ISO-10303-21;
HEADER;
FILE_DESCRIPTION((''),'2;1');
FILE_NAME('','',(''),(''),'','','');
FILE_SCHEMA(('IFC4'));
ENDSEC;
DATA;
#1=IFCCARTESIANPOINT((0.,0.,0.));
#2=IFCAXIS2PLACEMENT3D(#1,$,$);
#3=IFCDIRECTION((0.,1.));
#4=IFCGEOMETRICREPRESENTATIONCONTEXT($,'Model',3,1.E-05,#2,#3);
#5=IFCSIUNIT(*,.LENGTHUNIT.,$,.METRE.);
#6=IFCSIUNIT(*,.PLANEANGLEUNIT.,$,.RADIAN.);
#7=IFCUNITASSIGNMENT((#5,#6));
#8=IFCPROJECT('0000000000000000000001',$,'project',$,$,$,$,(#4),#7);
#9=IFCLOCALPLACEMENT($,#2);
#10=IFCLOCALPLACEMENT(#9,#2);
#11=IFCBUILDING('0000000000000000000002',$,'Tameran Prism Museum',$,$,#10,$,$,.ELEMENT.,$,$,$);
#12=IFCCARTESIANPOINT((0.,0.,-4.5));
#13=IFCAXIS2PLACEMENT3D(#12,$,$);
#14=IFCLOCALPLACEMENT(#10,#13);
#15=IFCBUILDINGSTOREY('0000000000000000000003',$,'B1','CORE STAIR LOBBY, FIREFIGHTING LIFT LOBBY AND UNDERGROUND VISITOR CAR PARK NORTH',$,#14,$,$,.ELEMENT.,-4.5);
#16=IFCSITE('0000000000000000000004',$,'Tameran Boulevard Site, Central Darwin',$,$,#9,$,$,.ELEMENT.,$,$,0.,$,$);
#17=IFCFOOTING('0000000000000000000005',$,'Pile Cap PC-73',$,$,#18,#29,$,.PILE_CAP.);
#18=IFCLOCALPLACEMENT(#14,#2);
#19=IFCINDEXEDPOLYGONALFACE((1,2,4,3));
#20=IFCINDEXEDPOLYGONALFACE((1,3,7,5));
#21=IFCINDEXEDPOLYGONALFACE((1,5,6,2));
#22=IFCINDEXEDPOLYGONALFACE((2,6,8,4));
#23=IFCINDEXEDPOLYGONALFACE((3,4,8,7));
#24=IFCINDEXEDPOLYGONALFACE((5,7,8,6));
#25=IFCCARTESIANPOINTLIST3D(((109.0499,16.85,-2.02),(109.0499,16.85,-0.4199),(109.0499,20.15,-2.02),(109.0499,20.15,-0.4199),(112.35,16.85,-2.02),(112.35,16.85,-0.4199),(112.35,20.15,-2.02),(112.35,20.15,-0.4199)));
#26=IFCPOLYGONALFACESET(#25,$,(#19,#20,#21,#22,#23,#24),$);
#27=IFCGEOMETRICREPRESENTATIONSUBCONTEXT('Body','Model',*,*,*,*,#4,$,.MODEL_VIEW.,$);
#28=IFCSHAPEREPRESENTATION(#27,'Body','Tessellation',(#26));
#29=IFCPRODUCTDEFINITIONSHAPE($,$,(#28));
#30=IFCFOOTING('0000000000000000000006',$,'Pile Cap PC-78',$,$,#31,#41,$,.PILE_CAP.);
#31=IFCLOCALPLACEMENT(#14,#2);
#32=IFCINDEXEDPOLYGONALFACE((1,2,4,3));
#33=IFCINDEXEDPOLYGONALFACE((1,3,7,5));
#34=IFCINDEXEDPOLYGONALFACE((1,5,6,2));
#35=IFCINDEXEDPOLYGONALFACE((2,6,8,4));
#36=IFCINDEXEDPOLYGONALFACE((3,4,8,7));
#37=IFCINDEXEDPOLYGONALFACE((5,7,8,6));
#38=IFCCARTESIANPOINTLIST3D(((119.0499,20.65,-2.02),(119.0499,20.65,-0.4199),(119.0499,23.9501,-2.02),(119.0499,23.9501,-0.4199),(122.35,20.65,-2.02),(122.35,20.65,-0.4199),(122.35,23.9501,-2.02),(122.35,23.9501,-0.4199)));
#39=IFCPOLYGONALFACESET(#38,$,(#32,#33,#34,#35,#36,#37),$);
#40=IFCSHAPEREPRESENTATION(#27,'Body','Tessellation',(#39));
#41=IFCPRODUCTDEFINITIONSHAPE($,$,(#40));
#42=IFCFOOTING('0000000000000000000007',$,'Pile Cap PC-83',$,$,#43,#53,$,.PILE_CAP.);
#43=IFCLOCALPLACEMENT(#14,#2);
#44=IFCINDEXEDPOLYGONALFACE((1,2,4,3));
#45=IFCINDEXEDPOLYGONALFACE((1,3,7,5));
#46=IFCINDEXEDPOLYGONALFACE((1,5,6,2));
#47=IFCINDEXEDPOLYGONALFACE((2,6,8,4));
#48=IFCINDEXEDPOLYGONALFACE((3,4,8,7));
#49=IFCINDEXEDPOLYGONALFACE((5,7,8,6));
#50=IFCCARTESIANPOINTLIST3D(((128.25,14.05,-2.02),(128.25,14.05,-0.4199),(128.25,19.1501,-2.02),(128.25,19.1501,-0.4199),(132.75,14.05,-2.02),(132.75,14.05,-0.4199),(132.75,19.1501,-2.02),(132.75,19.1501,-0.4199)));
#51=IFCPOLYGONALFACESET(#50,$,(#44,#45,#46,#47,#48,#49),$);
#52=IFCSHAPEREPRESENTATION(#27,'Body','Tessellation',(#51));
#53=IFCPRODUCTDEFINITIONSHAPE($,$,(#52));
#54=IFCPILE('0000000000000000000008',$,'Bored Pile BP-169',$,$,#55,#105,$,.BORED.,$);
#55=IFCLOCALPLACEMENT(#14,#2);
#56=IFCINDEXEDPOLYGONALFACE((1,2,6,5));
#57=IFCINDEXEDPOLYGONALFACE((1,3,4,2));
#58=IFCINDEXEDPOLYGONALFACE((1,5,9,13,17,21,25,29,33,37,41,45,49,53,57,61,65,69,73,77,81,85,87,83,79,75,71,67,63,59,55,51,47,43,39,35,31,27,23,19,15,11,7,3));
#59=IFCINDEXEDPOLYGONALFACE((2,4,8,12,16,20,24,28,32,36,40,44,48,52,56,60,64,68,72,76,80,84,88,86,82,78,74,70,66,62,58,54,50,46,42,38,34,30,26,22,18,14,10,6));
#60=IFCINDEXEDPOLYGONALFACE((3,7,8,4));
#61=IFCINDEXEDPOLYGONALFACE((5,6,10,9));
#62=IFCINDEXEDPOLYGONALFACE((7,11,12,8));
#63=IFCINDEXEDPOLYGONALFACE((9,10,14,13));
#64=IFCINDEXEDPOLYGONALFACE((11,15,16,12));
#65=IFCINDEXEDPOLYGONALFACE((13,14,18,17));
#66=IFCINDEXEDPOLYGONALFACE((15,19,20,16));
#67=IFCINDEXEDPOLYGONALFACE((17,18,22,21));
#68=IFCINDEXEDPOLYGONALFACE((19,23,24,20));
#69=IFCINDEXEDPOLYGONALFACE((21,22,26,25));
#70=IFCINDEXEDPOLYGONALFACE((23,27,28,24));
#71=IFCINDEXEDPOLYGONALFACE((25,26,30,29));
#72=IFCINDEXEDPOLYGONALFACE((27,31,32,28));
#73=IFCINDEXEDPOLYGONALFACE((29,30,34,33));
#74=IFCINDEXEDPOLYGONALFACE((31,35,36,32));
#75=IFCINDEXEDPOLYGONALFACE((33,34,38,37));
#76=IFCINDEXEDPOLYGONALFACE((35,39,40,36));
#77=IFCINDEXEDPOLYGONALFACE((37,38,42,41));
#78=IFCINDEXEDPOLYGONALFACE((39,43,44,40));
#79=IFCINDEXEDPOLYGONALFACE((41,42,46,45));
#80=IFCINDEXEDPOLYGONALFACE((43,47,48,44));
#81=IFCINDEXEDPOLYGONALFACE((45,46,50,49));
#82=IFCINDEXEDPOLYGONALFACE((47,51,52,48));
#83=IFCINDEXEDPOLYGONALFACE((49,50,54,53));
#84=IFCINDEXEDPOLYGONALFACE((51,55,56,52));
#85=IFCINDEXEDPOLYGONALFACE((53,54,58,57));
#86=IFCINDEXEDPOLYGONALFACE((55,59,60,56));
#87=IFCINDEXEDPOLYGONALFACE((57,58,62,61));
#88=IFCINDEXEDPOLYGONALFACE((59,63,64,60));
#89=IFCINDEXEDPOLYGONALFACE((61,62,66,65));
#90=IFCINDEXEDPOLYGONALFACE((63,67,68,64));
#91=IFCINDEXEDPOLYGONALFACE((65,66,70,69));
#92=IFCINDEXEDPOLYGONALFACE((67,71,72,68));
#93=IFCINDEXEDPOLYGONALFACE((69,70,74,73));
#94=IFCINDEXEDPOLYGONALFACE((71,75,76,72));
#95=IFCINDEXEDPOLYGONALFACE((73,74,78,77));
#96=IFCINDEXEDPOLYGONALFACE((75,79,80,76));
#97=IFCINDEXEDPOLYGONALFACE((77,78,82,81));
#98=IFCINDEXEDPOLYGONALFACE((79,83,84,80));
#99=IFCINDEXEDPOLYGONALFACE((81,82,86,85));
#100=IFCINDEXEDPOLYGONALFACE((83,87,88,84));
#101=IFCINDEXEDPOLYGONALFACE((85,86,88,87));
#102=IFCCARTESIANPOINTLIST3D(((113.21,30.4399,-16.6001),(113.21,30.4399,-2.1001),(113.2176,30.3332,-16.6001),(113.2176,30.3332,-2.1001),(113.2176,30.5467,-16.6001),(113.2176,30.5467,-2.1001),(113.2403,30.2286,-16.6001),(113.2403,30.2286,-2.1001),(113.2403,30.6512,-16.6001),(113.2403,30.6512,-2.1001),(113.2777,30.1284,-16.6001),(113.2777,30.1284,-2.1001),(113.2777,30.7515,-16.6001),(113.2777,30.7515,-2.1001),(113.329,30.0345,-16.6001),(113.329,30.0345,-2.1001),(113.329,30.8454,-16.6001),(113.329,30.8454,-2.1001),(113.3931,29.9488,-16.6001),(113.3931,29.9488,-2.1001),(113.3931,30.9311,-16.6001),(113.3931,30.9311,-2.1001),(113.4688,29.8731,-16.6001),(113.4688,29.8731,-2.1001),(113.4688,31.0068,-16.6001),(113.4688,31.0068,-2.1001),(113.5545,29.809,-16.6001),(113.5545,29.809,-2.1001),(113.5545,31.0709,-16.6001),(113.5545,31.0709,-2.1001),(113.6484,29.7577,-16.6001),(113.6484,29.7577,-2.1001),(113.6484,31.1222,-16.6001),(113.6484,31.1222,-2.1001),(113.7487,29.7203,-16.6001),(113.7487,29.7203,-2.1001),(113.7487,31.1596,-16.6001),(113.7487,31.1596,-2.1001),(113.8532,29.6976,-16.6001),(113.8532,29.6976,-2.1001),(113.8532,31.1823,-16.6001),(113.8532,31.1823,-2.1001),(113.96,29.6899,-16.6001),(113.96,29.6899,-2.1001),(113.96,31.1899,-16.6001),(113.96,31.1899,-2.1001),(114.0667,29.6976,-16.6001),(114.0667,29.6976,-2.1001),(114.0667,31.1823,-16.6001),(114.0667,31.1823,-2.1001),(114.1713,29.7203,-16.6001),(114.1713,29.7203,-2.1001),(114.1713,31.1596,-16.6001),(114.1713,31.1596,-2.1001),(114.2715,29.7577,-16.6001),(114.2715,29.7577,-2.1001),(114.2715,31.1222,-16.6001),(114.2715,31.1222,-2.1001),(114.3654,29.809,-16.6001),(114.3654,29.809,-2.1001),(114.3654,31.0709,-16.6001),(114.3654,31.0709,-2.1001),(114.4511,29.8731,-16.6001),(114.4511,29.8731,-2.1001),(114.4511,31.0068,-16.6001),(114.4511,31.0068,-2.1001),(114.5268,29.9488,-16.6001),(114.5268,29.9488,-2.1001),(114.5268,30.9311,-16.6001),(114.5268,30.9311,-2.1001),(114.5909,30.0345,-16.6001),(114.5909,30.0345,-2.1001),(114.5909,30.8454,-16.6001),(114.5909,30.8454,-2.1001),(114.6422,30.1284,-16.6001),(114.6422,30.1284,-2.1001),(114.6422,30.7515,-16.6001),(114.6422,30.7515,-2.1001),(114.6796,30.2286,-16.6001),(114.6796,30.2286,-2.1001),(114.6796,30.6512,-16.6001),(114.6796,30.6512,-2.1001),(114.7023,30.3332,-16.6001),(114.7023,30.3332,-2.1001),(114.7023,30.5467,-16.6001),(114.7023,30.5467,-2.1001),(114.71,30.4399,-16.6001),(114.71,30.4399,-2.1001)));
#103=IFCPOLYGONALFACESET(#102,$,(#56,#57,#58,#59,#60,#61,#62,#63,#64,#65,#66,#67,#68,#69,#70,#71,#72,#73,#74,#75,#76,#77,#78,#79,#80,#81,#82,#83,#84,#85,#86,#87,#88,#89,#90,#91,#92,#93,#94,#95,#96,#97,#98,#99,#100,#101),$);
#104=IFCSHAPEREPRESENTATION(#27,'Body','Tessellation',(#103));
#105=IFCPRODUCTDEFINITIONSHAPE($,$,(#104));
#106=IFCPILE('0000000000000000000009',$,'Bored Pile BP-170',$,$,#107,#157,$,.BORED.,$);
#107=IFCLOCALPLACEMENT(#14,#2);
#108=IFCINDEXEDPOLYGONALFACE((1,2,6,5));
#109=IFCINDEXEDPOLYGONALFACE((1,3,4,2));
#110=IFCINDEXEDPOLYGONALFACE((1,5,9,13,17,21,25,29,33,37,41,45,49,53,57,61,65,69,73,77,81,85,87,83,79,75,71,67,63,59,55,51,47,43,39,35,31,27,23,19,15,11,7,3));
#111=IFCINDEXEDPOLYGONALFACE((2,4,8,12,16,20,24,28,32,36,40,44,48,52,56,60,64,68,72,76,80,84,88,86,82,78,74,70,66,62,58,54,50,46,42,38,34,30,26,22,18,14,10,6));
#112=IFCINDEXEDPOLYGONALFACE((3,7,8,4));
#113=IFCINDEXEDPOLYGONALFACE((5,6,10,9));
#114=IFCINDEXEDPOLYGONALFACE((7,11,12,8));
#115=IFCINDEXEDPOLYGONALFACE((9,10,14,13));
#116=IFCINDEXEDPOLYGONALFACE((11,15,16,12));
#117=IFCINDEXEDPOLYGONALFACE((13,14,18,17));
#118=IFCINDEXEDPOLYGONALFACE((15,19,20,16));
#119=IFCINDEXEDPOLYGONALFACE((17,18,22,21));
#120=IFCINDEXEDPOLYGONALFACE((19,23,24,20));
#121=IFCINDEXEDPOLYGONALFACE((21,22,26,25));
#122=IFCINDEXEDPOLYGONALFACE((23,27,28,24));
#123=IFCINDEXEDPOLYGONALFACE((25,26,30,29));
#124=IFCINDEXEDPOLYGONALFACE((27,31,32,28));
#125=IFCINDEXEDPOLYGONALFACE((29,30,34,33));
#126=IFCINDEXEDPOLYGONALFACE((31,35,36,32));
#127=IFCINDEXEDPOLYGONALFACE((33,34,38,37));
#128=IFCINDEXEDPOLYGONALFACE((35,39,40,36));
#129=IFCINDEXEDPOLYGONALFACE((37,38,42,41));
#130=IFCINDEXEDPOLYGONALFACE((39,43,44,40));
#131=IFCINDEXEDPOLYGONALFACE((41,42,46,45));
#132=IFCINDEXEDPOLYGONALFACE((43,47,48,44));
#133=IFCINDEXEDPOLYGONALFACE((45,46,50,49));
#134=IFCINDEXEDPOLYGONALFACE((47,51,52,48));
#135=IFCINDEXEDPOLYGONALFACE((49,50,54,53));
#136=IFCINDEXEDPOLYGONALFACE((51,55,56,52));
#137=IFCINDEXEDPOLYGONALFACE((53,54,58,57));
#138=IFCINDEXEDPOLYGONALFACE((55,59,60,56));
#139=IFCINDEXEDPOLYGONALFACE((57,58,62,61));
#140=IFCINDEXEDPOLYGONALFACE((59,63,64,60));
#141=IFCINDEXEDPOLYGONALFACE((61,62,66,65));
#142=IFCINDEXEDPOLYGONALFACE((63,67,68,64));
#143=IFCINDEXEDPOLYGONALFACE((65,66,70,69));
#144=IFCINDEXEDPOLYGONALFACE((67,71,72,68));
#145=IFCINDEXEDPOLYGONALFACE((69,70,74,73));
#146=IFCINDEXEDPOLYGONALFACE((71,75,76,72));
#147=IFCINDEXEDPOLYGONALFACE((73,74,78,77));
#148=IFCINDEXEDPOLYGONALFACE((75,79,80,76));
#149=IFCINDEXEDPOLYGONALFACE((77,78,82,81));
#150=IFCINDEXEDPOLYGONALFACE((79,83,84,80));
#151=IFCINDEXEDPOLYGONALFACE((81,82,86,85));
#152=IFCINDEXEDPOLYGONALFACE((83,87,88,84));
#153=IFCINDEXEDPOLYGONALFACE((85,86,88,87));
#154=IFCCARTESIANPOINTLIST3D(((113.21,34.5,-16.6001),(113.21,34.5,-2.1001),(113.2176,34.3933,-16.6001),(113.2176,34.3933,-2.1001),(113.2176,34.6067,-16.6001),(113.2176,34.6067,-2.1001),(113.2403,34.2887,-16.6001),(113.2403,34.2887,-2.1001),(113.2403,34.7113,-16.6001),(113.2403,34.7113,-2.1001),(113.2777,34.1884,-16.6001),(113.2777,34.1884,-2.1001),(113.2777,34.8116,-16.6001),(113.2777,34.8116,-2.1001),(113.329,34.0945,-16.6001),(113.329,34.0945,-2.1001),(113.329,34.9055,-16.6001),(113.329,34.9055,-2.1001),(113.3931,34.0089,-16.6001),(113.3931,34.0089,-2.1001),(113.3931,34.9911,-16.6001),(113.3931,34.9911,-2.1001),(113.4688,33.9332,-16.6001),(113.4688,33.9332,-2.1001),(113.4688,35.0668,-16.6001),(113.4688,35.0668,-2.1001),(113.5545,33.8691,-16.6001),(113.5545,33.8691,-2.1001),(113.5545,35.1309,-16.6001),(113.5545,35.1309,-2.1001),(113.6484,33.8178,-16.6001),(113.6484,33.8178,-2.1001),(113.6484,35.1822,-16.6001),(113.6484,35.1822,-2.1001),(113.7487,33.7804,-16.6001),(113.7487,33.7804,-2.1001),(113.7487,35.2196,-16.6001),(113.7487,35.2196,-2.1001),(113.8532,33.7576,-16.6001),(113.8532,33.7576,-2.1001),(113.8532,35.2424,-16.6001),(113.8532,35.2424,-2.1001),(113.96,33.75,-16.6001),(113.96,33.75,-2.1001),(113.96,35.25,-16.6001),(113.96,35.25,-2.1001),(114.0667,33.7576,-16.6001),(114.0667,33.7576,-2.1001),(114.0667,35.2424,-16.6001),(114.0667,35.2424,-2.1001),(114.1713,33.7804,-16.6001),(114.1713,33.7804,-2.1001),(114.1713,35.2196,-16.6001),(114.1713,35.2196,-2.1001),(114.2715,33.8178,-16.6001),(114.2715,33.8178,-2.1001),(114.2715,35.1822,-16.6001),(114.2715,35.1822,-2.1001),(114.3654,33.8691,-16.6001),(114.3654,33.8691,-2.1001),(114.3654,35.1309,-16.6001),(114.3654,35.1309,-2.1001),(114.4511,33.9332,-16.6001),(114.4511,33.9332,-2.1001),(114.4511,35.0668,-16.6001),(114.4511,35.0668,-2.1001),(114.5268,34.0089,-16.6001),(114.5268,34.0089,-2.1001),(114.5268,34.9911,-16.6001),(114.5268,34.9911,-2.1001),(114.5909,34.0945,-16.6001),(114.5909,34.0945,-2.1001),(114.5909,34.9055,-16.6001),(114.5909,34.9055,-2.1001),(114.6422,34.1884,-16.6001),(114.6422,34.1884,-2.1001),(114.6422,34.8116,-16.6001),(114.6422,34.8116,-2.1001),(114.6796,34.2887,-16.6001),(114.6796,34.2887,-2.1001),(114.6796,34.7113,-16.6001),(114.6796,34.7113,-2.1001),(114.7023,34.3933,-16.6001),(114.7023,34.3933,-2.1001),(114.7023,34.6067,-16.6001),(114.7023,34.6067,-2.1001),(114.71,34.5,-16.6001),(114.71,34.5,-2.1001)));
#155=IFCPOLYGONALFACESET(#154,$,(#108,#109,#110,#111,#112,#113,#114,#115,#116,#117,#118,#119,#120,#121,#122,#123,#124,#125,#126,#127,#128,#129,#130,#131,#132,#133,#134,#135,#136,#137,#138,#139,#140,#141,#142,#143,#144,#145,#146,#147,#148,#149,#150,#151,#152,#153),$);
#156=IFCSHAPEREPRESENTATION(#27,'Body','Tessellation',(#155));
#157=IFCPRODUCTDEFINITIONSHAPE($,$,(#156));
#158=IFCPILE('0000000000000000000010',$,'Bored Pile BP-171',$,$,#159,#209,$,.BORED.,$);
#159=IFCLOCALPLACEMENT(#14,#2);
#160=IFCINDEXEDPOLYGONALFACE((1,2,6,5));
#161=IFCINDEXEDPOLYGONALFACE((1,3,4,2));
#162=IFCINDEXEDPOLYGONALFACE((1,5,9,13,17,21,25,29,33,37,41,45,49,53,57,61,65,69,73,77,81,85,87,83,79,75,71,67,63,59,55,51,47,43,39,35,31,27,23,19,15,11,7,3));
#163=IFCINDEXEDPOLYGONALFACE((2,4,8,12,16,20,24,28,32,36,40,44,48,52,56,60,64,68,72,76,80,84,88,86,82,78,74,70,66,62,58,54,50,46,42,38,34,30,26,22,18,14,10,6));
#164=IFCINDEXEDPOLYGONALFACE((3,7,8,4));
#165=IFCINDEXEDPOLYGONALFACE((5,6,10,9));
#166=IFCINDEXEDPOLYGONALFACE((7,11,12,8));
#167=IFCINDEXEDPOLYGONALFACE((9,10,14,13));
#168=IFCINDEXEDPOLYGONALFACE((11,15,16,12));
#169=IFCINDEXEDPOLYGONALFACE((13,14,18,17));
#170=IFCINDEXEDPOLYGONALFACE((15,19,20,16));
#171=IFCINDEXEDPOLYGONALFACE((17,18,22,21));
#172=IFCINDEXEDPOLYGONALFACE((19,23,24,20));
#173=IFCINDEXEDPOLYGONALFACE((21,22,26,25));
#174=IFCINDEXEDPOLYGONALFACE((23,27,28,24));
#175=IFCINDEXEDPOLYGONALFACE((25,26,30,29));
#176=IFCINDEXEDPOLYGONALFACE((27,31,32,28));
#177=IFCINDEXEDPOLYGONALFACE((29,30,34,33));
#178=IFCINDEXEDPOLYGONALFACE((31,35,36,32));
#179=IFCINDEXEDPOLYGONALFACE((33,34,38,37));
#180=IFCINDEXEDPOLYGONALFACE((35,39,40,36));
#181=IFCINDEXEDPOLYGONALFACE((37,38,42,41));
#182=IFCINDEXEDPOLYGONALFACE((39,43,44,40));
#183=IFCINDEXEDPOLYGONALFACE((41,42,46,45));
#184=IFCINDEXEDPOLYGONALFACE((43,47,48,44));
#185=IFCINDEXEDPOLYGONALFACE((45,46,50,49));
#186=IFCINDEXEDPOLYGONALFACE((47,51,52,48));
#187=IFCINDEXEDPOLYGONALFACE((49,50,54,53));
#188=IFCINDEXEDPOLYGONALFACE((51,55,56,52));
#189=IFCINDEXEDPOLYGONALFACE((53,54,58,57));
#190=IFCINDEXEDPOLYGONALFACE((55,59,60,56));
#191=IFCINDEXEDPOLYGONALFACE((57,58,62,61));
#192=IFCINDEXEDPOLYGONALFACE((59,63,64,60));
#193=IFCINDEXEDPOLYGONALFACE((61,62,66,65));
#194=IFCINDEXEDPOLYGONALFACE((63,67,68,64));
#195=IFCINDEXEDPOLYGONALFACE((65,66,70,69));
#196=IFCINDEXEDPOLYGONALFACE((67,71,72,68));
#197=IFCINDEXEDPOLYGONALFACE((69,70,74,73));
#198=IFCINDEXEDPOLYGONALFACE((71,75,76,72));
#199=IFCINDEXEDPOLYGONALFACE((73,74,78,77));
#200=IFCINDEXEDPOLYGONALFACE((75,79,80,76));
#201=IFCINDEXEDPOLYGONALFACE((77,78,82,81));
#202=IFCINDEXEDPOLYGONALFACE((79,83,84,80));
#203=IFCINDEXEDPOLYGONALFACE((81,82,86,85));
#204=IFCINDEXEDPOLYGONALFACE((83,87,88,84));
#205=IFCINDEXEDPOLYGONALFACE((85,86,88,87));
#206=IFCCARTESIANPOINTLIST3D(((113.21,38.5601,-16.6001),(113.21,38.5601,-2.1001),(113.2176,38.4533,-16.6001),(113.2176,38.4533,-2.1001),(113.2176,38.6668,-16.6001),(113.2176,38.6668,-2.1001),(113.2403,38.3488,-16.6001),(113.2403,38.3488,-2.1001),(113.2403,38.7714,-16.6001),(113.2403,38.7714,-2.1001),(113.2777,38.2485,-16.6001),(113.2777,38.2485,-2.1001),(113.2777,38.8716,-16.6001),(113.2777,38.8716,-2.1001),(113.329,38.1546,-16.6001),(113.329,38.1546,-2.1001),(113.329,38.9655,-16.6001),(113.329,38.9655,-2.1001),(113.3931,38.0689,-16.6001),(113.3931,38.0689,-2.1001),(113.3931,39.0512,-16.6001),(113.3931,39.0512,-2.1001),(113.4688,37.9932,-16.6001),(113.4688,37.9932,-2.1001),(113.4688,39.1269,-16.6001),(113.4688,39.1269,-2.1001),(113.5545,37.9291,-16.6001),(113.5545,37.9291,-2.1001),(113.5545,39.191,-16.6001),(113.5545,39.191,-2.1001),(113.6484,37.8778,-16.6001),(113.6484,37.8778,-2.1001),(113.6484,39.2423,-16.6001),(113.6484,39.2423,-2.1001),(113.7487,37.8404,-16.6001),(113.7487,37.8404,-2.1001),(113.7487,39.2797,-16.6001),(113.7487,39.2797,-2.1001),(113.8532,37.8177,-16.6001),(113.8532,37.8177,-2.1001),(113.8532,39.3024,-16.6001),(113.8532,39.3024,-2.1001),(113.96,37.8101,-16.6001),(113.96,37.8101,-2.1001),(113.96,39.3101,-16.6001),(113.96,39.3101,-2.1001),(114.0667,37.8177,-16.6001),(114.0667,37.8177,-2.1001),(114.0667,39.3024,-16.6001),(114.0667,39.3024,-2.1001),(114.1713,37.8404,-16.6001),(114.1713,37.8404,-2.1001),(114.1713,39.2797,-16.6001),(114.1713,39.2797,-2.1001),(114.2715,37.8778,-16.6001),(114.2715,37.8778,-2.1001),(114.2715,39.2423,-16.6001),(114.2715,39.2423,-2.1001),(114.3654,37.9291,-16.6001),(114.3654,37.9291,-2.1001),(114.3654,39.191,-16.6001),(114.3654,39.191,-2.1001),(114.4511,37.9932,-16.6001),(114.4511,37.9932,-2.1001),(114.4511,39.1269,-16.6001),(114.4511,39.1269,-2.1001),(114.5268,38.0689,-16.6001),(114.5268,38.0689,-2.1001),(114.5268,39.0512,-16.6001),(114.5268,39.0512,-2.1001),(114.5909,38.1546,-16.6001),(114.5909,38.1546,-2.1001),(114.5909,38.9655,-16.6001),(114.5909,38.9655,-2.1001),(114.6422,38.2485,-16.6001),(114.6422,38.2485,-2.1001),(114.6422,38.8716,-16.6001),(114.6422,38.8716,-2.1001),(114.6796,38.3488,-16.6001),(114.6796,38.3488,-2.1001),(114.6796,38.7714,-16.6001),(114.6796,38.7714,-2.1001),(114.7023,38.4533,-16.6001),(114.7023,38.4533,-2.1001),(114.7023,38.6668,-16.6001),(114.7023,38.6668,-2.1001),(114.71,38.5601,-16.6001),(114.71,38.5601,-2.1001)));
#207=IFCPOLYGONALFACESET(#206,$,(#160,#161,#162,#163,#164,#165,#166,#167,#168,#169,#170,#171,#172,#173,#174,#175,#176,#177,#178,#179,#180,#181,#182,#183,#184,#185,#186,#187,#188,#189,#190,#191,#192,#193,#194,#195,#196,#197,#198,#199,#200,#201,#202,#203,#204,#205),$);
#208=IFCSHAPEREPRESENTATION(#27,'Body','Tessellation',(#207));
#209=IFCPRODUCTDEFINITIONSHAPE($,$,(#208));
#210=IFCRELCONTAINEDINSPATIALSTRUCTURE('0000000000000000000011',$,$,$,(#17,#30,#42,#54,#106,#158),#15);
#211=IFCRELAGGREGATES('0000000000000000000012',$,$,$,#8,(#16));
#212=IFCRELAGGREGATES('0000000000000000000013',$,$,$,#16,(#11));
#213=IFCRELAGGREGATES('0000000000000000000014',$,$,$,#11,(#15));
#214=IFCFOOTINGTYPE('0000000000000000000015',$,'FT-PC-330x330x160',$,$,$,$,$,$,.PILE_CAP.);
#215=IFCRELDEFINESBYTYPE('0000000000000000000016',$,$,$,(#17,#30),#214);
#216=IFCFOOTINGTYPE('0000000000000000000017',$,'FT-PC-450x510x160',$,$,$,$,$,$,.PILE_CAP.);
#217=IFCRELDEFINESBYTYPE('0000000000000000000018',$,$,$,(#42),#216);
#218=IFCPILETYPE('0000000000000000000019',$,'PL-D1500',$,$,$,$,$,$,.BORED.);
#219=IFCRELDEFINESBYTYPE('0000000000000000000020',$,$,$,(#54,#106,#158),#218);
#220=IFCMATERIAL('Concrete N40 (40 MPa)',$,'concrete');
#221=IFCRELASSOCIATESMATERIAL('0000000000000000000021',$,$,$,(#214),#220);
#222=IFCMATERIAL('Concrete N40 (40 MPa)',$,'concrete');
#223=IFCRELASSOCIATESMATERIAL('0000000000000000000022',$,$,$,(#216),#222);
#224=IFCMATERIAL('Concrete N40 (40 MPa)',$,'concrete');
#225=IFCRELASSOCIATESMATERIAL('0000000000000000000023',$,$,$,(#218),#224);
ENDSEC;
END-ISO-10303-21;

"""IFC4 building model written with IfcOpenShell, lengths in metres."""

from ifc_helpers import new_model, si_unit, direction, frame, origin, origin_2d, place, context, subcontext, project, spatial, rectangle, circle, extrude, material, material_profile, profile_set, type_object, element, save


model = new_model("IFC4")

# Units and contexts
model_context = context("Model", 3, precision=1e-05, world=origin(), true_north=direction((0.0, 1.0)))
body_context = subcontext(model_context, "Body", "Model", "MODEL_VIEW")
ifc_project = project(units=[si_unit("LENGTHUNIT", "METRE"), si_unit("PLANEANGLEUNIT", "RADIAN")], contexts=[model_context])

# Site, building, storey
site_placement = place(None, origin())
site = spatial("IfcSite", under=ifc_project, at=site_placement, Name="Tameran Boulevard Site, Central Darwin", CompositionType="ELEMENT", RefElevation=0.0)
building_placement = place(site_placement, origin())
building = spatial("IfcBuilding", under=site, at=building_placement, Name="Tameran Prism Museum", CompositionType="ELEMENT")
storey_placement = place(building_placement, frame((0.0, 0.0, -4.5)))
storey = spatial("IfcBuildingStorey", under=building, at=storey_placement, Name="B1", Description="CORE STAIR LOBBY, FIREFIGHTING LIFT LOBBY AND UNDERGROUND VISITOR CAR PARK NORTH", CompositionType="ELEMENT", Elevation=-4.5)

# Footings
ifc_material_1 = material(Name="Concrete N40 (40 MPa)", Category="concrete")
footing_type_1 = type_object("IfcFootingType", Name="FT-PC-330x330x160", PredefinedType="PILE_CAP", material=ifc_material_1)
for number, where, z_axis, x_axis, name in (
    (1, (110.7, 18.5, -2.02), (0.0, 0.0, 1.0), (1.0, 0.0, 0.0), "Pile Cap PC-73"),
    (2, (120.7, 22.3, -2.02), (0.0, 0.0, 1.0), (1.0, 0.0, 0.0), "Pile Cap PC-78"),
):
    element("IfcFooting", number, at=place(storey_placement, frame(where, z_axis=z_axis, x_axis=x_axis)), inside=storey, type_object=footing_type_1, Name=name, PredefinedType="PILE_CAP", context=body_context, shape_type="SweptSolid", body=[
        extrude(rectangle(XDim=3.3, YDim=3.3, at=origin_2d()), origin(), (0.0, 0.0, 1.0), 1.6001),
    ])
ifc_material_2 = material(Name="Concrete N40 (40 MPa)", Category="concrete")
footing_type_2 = type_object("IfcFootingType", Name="FT-PC-450x510x160", PredefinedType="PILE_CAP", material=ifc_material_2)
footing_placement = place(storey_placement, frame((130.5, 16.6001, -2.02), z_axis=(0.0, 0.0, 1.0), x_axis=(1.0, 0.0, 0.0)))
element("IfcFooting", 3, at=footing_placement, inside=storey, type_object=footing_type_2, Name="Pile Cap PC-83", PredefinedType="PILE_CAP", context=body_context, shape_type="SweptSolid", body=[
    extrude(rectangle(XDim=4.5, YDim=5.1001, at=origin_2d()), origin(), (0.0, 0.0, 1.0), 1.6001),
])

# Piles
ifc_material_3 = material(Name="Concrete N40 (40 MPa)", Category="concrete")
ifc_material_profile_1 = material_profile(ifc_material_3, circle(Radius=0.75, at=origin_2d()))
ifc_profile_set_1 = profile_set([ifc_material_profile_1])
pile_type_1 = type_object("IfcPileType", Name="PL-D1500", PredefinedType="BORED", material=ifc_profile_set_1)
for number, where, z_axis, x_axis, name in (
    (4, (113.96, 30.4399, -2.1001), (0.0, 0.0, -1.0), (1.0, 0.0, 0.0), "Bored Pile BP-169"),
    (5, (113.96, 34.5, -2.1001), (0.0, 0.0, -1.0), (1.0, 0.0, 0.0), "Bored Pile BP-170"),
    (6, (113.96, 38.5601, -2.1001), (0.0, 0.0, -1.0), (1.0, 0.0, 0.0), "Bored Pile BP-171"),
):
    element("IfcPile", number, at=place(storey_placement, frame(where, z_axis=z_axis, x_axis=x_axis)), inside=storey, type_object=pile_type_1, Name=name, PredefinedType="BORED", context=body_context, shape_type="SweptSolid", body=[
        extrude(circle(Radius=0.75, at=origin_2d()), origin(), (0.0, 0.0, 1.0), 14.5),
    ])

save(model, "model.ifc")
